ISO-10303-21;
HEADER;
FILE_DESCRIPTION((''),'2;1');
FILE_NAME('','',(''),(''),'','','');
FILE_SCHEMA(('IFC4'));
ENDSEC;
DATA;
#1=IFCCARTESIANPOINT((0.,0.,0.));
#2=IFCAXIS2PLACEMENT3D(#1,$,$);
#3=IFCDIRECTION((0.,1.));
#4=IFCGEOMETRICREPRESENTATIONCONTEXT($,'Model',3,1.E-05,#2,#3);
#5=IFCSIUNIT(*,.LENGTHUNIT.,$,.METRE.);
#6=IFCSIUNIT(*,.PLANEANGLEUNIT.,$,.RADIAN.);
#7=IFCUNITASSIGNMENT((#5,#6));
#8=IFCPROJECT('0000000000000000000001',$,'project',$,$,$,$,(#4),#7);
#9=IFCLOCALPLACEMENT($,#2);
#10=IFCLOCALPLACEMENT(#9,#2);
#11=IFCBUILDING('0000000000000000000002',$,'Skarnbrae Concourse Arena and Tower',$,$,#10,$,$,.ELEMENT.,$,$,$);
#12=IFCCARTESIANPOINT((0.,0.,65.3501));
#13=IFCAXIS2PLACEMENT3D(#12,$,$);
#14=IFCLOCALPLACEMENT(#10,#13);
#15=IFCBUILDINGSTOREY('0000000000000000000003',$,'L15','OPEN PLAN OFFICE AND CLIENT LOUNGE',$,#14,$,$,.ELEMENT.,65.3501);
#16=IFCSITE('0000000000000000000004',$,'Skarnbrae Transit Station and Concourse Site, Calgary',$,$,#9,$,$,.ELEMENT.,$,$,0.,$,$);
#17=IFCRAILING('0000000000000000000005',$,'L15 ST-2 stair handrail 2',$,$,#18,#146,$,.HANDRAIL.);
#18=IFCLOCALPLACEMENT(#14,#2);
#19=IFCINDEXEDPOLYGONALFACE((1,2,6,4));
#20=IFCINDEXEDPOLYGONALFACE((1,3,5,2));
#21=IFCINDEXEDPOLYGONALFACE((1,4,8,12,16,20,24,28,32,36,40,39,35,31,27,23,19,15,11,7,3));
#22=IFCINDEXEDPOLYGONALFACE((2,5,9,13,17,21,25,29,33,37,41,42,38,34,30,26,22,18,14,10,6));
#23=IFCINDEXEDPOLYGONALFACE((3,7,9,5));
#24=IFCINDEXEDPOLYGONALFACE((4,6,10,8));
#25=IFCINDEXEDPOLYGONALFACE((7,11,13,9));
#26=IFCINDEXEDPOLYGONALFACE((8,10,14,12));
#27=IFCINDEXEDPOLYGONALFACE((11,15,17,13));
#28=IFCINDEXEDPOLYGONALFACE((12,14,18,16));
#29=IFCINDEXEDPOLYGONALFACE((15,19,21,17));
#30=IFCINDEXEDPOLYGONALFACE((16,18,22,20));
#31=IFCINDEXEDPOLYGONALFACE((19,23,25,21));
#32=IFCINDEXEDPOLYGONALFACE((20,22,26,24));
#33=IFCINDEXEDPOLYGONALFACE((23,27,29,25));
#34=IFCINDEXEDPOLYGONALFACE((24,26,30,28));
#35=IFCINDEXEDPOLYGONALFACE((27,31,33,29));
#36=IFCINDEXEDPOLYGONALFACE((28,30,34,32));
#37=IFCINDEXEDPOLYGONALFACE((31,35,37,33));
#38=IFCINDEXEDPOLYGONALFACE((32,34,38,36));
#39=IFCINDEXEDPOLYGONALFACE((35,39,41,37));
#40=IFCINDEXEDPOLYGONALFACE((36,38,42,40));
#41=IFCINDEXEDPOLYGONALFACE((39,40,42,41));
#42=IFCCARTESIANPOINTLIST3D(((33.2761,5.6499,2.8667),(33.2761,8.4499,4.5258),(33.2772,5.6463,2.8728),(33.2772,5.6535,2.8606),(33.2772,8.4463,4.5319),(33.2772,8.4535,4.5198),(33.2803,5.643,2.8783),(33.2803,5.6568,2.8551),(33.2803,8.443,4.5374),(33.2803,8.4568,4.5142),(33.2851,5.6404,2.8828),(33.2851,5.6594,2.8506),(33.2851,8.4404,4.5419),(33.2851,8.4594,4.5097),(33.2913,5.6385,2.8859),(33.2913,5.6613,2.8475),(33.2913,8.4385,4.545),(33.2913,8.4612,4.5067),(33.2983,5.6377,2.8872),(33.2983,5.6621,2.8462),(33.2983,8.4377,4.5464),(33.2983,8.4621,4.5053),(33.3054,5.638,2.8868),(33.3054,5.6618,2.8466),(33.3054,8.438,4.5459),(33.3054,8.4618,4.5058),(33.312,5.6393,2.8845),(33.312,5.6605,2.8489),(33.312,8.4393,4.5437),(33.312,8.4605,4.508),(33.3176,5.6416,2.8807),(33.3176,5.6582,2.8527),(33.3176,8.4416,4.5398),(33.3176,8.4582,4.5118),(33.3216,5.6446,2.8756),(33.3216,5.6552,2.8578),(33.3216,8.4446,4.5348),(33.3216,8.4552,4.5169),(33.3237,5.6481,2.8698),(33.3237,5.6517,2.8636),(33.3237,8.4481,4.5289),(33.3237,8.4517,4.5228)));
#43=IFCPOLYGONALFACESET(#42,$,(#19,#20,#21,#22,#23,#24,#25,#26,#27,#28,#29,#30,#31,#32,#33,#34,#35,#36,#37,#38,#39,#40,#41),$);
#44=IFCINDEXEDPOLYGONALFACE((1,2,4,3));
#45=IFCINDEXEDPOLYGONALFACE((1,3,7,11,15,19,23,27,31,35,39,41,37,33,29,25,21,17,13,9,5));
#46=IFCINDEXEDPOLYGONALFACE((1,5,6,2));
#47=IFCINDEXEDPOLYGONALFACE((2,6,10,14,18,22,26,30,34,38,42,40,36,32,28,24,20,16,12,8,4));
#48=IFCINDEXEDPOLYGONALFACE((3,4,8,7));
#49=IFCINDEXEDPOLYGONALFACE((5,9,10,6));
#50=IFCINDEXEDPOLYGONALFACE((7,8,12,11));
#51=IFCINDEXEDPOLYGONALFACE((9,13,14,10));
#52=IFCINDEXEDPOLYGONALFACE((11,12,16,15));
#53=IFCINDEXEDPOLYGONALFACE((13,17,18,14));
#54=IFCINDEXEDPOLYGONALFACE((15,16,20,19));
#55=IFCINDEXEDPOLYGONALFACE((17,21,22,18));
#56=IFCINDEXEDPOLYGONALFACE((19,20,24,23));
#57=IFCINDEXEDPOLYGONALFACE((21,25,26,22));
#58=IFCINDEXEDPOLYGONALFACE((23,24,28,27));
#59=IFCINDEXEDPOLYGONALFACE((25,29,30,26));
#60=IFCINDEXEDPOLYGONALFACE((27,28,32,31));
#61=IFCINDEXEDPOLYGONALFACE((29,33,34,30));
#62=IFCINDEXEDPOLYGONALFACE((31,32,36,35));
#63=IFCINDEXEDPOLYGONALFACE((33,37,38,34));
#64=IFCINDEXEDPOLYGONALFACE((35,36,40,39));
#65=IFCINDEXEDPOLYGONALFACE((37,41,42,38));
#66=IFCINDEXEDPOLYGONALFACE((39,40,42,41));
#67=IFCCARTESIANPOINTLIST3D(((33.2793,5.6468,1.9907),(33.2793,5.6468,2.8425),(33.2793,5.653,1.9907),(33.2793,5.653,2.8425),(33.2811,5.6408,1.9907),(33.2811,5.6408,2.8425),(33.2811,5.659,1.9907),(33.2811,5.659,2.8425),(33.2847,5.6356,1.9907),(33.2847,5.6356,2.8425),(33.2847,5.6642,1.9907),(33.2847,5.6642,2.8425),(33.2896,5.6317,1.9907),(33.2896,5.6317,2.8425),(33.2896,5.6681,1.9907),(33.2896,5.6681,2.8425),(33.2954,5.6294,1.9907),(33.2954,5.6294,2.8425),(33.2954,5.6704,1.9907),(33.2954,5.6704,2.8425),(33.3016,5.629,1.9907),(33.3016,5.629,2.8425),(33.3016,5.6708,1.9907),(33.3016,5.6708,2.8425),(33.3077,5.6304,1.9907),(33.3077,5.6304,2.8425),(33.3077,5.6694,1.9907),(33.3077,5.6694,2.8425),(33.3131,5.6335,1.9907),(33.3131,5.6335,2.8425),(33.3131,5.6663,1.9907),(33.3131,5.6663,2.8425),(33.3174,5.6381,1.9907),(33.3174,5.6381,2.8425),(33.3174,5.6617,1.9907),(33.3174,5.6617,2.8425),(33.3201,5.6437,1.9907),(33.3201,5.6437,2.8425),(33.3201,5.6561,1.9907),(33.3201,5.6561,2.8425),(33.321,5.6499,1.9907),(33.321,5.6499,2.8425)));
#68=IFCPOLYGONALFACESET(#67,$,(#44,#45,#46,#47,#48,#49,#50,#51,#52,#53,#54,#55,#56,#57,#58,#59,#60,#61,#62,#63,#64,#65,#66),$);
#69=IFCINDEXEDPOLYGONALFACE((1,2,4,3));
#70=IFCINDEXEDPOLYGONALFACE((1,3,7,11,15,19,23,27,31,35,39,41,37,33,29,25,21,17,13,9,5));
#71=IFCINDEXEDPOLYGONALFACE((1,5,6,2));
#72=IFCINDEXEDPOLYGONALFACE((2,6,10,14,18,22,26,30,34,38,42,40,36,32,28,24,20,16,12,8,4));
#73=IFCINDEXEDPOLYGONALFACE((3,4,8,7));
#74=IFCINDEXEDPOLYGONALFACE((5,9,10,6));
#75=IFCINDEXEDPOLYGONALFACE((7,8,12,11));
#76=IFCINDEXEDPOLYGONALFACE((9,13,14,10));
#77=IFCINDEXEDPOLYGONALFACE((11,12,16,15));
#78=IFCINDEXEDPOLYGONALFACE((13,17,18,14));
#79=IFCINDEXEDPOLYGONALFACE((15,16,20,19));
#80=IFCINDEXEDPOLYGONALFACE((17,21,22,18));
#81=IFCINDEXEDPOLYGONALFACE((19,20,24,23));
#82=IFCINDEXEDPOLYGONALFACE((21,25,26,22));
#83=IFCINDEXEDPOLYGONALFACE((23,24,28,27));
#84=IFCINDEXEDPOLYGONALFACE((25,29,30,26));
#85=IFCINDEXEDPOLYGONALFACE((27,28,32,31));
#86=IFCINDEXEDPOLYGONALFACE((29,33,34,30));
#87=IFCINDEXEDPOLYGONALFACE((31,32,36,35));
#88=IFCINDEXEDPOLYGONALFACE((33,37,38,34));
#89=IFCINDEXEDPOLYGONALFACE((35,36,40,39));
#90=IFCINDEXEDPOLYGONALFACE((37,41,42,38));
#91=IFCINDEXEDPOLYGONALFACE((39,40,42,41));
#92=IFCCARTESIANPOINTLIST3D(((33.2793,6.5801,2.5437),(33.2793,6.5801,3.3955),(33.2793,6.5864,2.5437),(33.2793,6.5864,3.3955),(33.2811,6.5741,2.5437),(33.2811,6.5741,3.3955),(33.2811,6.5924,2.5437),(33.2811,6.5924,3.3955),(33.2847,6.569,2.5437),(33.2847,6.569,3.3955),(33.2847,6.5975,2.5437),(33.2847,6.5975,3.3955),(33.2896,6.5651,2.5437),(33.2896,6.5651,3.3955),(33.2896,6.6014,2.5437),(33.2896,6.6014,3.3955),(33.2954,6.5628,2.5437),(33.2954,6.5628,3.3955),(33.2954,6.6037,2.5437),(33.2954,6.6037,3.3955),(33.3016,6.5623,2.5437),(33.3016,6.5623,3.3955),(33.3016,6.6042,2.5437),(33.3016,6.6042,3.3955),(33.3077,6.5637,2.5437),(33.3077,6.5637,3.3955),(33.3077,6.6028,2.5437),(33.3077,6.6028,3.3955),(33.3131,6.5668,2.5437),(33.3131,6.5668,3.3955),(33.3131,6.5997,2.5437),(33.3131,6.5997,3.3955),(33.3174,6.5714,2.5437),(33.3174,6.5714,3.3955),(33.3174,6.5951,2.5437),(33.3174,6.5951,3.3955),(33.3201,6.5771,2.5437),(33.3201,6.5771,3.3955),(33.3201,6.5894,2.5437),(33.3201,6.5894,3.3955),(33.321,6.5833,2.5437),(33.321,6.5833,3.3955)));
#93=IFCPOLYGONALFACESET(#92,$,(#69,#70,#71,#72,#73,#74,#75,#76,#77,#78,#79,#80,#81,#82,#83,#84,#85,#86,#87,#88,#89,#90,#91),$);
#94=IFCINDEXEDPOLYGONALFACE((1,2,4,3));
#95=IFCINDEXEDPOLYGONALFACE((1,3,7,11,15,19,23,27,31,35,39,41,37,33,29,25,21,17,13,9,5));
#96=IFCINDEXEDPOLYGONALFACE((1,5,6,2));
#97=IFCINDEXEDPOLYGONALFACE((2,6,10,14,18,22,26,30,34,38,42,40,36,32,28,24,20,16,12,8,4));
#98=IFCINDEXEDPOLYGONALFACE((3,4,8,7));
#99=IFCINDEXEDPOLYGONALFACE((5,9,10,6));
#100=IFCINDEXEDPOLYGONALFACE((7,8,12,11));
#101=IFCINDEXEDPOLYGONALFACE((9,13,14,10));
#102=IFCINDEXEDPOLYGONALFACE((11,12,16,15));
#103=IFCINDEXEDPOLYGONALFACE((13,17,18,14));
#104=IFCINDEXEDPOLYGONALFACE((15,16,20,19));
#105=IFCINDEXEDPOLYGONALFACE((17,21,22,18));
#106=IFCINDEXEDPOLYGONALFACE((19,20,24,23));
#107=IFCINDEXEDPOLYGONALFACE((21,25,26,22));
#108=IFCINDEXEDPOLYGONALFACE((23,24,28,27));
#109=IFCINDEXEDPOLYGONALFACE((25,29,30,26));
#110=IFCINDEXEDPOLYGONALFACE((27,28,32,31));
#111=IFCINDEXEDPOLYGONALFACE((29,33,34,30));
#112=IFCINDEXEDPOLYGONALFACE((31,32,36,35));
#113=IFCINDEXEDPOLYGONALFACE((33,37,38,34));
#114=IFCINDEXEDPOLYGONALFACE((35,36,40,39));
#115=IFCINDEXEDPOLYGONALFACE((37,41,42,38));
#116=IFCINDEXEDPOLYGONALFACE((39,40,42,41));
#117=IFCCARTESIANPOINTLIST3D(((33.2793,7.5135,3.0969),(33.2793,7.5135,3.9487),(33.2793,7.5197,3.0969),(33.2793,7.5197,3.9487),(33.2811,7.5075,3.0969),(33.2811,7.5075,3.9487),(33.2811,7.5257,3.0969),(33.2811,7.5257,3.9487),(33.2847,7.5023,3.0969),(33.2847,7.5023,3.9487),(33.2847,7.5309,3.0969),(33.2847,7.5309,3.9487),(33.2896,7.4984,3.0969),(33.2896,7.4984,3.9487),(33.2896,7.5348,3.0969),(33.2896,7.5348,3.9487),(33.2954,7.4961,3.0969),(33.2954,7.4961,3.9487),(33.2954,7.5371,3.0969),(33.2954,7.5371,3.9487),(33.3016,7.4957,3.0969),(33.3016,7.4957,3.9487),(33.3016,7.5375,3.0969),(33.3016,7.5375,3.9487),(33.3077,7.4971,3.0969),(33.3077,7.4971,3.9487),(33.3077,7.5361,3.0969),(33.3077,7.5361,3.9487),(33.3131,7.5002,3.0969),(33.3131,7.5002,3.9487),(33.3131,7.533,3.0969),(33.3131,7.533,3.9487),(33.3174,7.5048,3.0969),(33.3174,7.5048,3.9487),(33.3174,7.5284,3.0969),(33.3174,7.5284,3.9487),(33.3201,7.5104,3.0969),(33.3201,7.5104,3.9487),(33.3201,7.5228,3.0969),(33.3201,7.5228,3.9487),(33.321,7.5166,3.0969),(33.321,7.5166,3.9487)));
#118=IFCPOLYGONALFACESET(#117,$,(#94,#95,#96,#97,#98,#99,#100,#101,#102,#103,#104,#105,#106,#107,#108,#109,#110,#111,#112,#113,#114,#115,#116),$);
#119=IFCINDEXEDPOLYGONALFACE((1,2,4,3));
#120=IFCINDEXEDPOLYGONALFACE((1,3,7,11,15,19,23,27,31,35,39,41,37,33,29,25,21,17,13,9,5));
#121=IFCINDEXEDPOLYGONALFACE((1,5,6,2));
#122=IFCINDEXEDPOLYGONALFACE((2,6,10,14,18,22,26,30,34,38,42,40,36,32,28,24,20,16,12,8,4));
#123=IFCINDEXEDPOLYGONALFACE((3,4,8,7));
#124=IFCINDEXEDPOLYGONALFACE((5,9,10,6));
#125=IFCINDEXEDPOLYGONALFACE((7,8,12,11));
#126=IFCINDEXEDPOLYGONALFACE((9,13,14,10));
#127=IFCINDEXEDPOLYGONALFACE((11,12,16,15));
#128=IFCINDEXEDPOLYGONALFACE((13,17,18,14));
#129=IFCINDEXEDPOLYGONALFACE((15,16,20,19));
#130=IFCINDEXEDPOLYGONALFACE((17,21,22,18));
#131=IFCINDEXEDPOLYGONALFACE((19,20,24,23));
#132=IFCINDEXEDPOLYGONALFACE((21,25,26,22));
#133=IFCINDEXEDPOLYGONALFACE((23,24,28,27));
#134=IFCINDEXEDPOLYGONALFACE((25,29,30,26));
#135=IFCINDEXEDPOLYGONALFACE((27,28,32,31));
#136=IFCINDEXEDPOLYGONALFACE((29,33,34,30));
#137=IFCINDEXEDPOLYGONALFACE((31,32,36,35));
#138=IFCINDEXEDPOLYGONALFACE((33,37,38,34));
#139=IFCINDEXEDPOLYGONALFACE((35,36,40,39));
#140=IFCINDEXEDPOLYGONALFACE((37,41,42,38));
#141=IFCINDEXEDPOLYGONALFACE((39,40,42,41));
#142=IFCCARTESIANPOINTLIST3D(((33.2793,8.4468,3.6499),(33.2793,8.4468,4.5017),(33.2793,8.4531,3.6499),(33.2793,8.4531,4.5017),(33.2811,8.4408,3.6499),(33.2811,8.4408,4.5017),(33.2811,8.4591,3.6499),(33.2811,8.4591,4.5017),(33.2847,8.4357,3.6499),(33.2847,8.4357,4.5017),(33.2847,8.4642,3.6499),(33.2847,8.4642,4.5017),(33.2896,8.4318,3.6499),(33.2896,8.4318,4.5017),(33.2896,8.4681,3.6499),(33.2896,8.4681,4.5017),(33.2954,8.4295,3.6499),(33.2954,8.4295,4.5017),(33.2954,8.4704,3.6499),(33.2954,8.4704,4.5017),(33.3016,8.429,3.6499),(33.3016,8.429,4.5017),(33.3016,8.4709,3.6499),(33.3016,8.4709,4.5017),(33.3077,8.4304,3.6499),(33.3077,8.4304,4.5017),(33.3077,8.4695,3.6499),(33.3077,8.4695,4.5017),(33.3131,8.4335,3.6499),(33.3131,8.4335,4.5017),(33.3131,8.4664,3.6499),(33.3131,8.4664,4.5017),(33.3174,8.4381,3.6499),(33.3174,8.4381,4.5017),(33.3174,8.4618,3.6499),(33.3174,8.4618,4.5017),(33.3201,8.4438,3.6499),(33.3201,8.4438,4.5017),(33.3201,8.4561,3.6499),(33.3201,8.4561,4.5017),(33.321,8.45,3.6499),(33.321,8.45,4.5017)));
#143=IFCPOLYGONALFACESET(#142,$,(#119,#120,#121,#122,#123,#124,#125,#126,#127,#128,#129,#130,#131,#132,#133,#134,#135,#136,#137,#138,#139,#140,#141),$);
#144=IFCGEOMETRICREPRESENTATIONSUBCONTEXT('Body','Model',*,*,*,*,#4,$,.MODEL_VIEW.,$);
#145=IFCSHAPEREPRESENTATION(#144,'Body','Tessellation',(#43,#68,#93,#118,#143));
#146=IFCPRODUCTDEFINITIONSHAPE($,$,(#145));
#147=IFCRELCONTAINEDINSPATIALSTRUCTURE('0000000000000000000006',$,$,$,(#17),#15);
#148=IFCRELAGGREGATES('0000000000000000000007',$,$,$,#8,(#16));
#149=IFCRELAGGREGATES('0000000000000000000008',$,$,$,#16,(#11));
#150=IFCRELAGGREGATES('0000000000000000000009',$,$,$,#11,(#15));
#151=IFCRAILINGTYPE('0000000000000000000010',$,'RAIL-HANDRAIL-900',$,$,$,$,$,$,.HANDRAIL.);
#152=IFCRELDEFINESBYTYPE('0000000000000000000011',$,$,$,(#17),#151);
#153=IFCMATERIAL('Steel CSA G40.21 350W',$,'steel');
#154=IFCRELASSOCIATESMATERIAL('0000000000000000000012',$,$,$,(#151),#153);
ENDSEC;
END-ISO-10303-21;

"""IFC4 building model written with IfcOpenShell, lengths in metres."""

from ifc_helpers import new_model, si_unit, direction, frame, origin, origin_2d, place, context, subcontext, project, spatial, circle, extrude, material, type_object, element, save


model = new_model("IFC4")

# Units and contexts
model_context = context("Model", 3, precision=1e-05, world=origin(), true_north=direction((0.0, 1.0)))
body_context = subcontext(model_context, "Body", "Model", "MODEL_VIEW")
ifc_project = project(units=[si_unit("LENGTHUNIT", "METRE"), si_unit("PLANEANGLEUNIT", "RADIAN")], contexts=[model_context])

# Site, building, storey
site_placement = place(None, origin())
site = spatial("IfcSite", under=ifc_project, at=site_placement, Name="Skarnbrae Transit Station and Concourse Site, Calgary", CompositionType="ELEMENT", RefElevation=0.0)
building_placement = place(site_placement, origin())
building = spatial("IfcBuilding", under=site, at=building_placement, Name="Skarnbrae Concourse Arena and Tower", CompositionType="ELEMENT")
storey_placement = place(building_placement, frame((0.0, 0.0, 65.3501)))
storey = spatial("IfcBuildingStorey", under=building, at=storey_placement, Name="L15", Description="OPEN PLAN OFFICE AND CLIENT LOUNGE", CompositionType="ELEMENT", Elevation=65.3501)

# Shared definitions
ifc_material_1 = material(Name="Steel CSA G40.21 350W", Category="steel")

# Railing
railing_type_1 = type_object("IfcRailingType", Name="RAIL-HANDRAIL-900", PredefinedType="HANDRAIL", material=ifc_material_1)
railing_1_placement = place(storey_placement, frame((33.3, 5.6499, 1.9907)))
element("IfcRailing", 1, at=railing_1_placement, inside=storey, type_object=railing_type_1, Name="L15 ST-2 stair handrail 2", PredefinedType="HANDRAIL", context=body_context, shape_type="SweptSolid", body=[
    extrude(circle(Radius=0.0239, at=origin_2d()), frame((0.0, 0.0, 0.876), z_axis=(0.0, 0.860306, 0.509778), x_axis=(-1.0, 0.0, 0.0)), (0.0, 0.0, 1.0), 3.2546),
    extrude(circle(Radius=0.021, at=origin_2d()), origin(), (0.0, 0.0, 1.0), 0.8518),
    extrude(circle(Radius=0.021, at=origin_2d()), frame((0.0, 0.9333, 0.553)), (0.0, 0.0, 1.0), 0.8518),
    extrude(circle(Radius=0.021, at=origin_2d()), frame((0.0, 1.8667, 1.1062)), (0.0, 0.0, 1.0), 0.8518),
    extrude(circle(Radius=0.021, at=origin_2d()), frame((0.0, 2.8, 1.6592)), (0.0, 0.0, 1.0), 0.8518),
])

save(model, "model.ifc")
